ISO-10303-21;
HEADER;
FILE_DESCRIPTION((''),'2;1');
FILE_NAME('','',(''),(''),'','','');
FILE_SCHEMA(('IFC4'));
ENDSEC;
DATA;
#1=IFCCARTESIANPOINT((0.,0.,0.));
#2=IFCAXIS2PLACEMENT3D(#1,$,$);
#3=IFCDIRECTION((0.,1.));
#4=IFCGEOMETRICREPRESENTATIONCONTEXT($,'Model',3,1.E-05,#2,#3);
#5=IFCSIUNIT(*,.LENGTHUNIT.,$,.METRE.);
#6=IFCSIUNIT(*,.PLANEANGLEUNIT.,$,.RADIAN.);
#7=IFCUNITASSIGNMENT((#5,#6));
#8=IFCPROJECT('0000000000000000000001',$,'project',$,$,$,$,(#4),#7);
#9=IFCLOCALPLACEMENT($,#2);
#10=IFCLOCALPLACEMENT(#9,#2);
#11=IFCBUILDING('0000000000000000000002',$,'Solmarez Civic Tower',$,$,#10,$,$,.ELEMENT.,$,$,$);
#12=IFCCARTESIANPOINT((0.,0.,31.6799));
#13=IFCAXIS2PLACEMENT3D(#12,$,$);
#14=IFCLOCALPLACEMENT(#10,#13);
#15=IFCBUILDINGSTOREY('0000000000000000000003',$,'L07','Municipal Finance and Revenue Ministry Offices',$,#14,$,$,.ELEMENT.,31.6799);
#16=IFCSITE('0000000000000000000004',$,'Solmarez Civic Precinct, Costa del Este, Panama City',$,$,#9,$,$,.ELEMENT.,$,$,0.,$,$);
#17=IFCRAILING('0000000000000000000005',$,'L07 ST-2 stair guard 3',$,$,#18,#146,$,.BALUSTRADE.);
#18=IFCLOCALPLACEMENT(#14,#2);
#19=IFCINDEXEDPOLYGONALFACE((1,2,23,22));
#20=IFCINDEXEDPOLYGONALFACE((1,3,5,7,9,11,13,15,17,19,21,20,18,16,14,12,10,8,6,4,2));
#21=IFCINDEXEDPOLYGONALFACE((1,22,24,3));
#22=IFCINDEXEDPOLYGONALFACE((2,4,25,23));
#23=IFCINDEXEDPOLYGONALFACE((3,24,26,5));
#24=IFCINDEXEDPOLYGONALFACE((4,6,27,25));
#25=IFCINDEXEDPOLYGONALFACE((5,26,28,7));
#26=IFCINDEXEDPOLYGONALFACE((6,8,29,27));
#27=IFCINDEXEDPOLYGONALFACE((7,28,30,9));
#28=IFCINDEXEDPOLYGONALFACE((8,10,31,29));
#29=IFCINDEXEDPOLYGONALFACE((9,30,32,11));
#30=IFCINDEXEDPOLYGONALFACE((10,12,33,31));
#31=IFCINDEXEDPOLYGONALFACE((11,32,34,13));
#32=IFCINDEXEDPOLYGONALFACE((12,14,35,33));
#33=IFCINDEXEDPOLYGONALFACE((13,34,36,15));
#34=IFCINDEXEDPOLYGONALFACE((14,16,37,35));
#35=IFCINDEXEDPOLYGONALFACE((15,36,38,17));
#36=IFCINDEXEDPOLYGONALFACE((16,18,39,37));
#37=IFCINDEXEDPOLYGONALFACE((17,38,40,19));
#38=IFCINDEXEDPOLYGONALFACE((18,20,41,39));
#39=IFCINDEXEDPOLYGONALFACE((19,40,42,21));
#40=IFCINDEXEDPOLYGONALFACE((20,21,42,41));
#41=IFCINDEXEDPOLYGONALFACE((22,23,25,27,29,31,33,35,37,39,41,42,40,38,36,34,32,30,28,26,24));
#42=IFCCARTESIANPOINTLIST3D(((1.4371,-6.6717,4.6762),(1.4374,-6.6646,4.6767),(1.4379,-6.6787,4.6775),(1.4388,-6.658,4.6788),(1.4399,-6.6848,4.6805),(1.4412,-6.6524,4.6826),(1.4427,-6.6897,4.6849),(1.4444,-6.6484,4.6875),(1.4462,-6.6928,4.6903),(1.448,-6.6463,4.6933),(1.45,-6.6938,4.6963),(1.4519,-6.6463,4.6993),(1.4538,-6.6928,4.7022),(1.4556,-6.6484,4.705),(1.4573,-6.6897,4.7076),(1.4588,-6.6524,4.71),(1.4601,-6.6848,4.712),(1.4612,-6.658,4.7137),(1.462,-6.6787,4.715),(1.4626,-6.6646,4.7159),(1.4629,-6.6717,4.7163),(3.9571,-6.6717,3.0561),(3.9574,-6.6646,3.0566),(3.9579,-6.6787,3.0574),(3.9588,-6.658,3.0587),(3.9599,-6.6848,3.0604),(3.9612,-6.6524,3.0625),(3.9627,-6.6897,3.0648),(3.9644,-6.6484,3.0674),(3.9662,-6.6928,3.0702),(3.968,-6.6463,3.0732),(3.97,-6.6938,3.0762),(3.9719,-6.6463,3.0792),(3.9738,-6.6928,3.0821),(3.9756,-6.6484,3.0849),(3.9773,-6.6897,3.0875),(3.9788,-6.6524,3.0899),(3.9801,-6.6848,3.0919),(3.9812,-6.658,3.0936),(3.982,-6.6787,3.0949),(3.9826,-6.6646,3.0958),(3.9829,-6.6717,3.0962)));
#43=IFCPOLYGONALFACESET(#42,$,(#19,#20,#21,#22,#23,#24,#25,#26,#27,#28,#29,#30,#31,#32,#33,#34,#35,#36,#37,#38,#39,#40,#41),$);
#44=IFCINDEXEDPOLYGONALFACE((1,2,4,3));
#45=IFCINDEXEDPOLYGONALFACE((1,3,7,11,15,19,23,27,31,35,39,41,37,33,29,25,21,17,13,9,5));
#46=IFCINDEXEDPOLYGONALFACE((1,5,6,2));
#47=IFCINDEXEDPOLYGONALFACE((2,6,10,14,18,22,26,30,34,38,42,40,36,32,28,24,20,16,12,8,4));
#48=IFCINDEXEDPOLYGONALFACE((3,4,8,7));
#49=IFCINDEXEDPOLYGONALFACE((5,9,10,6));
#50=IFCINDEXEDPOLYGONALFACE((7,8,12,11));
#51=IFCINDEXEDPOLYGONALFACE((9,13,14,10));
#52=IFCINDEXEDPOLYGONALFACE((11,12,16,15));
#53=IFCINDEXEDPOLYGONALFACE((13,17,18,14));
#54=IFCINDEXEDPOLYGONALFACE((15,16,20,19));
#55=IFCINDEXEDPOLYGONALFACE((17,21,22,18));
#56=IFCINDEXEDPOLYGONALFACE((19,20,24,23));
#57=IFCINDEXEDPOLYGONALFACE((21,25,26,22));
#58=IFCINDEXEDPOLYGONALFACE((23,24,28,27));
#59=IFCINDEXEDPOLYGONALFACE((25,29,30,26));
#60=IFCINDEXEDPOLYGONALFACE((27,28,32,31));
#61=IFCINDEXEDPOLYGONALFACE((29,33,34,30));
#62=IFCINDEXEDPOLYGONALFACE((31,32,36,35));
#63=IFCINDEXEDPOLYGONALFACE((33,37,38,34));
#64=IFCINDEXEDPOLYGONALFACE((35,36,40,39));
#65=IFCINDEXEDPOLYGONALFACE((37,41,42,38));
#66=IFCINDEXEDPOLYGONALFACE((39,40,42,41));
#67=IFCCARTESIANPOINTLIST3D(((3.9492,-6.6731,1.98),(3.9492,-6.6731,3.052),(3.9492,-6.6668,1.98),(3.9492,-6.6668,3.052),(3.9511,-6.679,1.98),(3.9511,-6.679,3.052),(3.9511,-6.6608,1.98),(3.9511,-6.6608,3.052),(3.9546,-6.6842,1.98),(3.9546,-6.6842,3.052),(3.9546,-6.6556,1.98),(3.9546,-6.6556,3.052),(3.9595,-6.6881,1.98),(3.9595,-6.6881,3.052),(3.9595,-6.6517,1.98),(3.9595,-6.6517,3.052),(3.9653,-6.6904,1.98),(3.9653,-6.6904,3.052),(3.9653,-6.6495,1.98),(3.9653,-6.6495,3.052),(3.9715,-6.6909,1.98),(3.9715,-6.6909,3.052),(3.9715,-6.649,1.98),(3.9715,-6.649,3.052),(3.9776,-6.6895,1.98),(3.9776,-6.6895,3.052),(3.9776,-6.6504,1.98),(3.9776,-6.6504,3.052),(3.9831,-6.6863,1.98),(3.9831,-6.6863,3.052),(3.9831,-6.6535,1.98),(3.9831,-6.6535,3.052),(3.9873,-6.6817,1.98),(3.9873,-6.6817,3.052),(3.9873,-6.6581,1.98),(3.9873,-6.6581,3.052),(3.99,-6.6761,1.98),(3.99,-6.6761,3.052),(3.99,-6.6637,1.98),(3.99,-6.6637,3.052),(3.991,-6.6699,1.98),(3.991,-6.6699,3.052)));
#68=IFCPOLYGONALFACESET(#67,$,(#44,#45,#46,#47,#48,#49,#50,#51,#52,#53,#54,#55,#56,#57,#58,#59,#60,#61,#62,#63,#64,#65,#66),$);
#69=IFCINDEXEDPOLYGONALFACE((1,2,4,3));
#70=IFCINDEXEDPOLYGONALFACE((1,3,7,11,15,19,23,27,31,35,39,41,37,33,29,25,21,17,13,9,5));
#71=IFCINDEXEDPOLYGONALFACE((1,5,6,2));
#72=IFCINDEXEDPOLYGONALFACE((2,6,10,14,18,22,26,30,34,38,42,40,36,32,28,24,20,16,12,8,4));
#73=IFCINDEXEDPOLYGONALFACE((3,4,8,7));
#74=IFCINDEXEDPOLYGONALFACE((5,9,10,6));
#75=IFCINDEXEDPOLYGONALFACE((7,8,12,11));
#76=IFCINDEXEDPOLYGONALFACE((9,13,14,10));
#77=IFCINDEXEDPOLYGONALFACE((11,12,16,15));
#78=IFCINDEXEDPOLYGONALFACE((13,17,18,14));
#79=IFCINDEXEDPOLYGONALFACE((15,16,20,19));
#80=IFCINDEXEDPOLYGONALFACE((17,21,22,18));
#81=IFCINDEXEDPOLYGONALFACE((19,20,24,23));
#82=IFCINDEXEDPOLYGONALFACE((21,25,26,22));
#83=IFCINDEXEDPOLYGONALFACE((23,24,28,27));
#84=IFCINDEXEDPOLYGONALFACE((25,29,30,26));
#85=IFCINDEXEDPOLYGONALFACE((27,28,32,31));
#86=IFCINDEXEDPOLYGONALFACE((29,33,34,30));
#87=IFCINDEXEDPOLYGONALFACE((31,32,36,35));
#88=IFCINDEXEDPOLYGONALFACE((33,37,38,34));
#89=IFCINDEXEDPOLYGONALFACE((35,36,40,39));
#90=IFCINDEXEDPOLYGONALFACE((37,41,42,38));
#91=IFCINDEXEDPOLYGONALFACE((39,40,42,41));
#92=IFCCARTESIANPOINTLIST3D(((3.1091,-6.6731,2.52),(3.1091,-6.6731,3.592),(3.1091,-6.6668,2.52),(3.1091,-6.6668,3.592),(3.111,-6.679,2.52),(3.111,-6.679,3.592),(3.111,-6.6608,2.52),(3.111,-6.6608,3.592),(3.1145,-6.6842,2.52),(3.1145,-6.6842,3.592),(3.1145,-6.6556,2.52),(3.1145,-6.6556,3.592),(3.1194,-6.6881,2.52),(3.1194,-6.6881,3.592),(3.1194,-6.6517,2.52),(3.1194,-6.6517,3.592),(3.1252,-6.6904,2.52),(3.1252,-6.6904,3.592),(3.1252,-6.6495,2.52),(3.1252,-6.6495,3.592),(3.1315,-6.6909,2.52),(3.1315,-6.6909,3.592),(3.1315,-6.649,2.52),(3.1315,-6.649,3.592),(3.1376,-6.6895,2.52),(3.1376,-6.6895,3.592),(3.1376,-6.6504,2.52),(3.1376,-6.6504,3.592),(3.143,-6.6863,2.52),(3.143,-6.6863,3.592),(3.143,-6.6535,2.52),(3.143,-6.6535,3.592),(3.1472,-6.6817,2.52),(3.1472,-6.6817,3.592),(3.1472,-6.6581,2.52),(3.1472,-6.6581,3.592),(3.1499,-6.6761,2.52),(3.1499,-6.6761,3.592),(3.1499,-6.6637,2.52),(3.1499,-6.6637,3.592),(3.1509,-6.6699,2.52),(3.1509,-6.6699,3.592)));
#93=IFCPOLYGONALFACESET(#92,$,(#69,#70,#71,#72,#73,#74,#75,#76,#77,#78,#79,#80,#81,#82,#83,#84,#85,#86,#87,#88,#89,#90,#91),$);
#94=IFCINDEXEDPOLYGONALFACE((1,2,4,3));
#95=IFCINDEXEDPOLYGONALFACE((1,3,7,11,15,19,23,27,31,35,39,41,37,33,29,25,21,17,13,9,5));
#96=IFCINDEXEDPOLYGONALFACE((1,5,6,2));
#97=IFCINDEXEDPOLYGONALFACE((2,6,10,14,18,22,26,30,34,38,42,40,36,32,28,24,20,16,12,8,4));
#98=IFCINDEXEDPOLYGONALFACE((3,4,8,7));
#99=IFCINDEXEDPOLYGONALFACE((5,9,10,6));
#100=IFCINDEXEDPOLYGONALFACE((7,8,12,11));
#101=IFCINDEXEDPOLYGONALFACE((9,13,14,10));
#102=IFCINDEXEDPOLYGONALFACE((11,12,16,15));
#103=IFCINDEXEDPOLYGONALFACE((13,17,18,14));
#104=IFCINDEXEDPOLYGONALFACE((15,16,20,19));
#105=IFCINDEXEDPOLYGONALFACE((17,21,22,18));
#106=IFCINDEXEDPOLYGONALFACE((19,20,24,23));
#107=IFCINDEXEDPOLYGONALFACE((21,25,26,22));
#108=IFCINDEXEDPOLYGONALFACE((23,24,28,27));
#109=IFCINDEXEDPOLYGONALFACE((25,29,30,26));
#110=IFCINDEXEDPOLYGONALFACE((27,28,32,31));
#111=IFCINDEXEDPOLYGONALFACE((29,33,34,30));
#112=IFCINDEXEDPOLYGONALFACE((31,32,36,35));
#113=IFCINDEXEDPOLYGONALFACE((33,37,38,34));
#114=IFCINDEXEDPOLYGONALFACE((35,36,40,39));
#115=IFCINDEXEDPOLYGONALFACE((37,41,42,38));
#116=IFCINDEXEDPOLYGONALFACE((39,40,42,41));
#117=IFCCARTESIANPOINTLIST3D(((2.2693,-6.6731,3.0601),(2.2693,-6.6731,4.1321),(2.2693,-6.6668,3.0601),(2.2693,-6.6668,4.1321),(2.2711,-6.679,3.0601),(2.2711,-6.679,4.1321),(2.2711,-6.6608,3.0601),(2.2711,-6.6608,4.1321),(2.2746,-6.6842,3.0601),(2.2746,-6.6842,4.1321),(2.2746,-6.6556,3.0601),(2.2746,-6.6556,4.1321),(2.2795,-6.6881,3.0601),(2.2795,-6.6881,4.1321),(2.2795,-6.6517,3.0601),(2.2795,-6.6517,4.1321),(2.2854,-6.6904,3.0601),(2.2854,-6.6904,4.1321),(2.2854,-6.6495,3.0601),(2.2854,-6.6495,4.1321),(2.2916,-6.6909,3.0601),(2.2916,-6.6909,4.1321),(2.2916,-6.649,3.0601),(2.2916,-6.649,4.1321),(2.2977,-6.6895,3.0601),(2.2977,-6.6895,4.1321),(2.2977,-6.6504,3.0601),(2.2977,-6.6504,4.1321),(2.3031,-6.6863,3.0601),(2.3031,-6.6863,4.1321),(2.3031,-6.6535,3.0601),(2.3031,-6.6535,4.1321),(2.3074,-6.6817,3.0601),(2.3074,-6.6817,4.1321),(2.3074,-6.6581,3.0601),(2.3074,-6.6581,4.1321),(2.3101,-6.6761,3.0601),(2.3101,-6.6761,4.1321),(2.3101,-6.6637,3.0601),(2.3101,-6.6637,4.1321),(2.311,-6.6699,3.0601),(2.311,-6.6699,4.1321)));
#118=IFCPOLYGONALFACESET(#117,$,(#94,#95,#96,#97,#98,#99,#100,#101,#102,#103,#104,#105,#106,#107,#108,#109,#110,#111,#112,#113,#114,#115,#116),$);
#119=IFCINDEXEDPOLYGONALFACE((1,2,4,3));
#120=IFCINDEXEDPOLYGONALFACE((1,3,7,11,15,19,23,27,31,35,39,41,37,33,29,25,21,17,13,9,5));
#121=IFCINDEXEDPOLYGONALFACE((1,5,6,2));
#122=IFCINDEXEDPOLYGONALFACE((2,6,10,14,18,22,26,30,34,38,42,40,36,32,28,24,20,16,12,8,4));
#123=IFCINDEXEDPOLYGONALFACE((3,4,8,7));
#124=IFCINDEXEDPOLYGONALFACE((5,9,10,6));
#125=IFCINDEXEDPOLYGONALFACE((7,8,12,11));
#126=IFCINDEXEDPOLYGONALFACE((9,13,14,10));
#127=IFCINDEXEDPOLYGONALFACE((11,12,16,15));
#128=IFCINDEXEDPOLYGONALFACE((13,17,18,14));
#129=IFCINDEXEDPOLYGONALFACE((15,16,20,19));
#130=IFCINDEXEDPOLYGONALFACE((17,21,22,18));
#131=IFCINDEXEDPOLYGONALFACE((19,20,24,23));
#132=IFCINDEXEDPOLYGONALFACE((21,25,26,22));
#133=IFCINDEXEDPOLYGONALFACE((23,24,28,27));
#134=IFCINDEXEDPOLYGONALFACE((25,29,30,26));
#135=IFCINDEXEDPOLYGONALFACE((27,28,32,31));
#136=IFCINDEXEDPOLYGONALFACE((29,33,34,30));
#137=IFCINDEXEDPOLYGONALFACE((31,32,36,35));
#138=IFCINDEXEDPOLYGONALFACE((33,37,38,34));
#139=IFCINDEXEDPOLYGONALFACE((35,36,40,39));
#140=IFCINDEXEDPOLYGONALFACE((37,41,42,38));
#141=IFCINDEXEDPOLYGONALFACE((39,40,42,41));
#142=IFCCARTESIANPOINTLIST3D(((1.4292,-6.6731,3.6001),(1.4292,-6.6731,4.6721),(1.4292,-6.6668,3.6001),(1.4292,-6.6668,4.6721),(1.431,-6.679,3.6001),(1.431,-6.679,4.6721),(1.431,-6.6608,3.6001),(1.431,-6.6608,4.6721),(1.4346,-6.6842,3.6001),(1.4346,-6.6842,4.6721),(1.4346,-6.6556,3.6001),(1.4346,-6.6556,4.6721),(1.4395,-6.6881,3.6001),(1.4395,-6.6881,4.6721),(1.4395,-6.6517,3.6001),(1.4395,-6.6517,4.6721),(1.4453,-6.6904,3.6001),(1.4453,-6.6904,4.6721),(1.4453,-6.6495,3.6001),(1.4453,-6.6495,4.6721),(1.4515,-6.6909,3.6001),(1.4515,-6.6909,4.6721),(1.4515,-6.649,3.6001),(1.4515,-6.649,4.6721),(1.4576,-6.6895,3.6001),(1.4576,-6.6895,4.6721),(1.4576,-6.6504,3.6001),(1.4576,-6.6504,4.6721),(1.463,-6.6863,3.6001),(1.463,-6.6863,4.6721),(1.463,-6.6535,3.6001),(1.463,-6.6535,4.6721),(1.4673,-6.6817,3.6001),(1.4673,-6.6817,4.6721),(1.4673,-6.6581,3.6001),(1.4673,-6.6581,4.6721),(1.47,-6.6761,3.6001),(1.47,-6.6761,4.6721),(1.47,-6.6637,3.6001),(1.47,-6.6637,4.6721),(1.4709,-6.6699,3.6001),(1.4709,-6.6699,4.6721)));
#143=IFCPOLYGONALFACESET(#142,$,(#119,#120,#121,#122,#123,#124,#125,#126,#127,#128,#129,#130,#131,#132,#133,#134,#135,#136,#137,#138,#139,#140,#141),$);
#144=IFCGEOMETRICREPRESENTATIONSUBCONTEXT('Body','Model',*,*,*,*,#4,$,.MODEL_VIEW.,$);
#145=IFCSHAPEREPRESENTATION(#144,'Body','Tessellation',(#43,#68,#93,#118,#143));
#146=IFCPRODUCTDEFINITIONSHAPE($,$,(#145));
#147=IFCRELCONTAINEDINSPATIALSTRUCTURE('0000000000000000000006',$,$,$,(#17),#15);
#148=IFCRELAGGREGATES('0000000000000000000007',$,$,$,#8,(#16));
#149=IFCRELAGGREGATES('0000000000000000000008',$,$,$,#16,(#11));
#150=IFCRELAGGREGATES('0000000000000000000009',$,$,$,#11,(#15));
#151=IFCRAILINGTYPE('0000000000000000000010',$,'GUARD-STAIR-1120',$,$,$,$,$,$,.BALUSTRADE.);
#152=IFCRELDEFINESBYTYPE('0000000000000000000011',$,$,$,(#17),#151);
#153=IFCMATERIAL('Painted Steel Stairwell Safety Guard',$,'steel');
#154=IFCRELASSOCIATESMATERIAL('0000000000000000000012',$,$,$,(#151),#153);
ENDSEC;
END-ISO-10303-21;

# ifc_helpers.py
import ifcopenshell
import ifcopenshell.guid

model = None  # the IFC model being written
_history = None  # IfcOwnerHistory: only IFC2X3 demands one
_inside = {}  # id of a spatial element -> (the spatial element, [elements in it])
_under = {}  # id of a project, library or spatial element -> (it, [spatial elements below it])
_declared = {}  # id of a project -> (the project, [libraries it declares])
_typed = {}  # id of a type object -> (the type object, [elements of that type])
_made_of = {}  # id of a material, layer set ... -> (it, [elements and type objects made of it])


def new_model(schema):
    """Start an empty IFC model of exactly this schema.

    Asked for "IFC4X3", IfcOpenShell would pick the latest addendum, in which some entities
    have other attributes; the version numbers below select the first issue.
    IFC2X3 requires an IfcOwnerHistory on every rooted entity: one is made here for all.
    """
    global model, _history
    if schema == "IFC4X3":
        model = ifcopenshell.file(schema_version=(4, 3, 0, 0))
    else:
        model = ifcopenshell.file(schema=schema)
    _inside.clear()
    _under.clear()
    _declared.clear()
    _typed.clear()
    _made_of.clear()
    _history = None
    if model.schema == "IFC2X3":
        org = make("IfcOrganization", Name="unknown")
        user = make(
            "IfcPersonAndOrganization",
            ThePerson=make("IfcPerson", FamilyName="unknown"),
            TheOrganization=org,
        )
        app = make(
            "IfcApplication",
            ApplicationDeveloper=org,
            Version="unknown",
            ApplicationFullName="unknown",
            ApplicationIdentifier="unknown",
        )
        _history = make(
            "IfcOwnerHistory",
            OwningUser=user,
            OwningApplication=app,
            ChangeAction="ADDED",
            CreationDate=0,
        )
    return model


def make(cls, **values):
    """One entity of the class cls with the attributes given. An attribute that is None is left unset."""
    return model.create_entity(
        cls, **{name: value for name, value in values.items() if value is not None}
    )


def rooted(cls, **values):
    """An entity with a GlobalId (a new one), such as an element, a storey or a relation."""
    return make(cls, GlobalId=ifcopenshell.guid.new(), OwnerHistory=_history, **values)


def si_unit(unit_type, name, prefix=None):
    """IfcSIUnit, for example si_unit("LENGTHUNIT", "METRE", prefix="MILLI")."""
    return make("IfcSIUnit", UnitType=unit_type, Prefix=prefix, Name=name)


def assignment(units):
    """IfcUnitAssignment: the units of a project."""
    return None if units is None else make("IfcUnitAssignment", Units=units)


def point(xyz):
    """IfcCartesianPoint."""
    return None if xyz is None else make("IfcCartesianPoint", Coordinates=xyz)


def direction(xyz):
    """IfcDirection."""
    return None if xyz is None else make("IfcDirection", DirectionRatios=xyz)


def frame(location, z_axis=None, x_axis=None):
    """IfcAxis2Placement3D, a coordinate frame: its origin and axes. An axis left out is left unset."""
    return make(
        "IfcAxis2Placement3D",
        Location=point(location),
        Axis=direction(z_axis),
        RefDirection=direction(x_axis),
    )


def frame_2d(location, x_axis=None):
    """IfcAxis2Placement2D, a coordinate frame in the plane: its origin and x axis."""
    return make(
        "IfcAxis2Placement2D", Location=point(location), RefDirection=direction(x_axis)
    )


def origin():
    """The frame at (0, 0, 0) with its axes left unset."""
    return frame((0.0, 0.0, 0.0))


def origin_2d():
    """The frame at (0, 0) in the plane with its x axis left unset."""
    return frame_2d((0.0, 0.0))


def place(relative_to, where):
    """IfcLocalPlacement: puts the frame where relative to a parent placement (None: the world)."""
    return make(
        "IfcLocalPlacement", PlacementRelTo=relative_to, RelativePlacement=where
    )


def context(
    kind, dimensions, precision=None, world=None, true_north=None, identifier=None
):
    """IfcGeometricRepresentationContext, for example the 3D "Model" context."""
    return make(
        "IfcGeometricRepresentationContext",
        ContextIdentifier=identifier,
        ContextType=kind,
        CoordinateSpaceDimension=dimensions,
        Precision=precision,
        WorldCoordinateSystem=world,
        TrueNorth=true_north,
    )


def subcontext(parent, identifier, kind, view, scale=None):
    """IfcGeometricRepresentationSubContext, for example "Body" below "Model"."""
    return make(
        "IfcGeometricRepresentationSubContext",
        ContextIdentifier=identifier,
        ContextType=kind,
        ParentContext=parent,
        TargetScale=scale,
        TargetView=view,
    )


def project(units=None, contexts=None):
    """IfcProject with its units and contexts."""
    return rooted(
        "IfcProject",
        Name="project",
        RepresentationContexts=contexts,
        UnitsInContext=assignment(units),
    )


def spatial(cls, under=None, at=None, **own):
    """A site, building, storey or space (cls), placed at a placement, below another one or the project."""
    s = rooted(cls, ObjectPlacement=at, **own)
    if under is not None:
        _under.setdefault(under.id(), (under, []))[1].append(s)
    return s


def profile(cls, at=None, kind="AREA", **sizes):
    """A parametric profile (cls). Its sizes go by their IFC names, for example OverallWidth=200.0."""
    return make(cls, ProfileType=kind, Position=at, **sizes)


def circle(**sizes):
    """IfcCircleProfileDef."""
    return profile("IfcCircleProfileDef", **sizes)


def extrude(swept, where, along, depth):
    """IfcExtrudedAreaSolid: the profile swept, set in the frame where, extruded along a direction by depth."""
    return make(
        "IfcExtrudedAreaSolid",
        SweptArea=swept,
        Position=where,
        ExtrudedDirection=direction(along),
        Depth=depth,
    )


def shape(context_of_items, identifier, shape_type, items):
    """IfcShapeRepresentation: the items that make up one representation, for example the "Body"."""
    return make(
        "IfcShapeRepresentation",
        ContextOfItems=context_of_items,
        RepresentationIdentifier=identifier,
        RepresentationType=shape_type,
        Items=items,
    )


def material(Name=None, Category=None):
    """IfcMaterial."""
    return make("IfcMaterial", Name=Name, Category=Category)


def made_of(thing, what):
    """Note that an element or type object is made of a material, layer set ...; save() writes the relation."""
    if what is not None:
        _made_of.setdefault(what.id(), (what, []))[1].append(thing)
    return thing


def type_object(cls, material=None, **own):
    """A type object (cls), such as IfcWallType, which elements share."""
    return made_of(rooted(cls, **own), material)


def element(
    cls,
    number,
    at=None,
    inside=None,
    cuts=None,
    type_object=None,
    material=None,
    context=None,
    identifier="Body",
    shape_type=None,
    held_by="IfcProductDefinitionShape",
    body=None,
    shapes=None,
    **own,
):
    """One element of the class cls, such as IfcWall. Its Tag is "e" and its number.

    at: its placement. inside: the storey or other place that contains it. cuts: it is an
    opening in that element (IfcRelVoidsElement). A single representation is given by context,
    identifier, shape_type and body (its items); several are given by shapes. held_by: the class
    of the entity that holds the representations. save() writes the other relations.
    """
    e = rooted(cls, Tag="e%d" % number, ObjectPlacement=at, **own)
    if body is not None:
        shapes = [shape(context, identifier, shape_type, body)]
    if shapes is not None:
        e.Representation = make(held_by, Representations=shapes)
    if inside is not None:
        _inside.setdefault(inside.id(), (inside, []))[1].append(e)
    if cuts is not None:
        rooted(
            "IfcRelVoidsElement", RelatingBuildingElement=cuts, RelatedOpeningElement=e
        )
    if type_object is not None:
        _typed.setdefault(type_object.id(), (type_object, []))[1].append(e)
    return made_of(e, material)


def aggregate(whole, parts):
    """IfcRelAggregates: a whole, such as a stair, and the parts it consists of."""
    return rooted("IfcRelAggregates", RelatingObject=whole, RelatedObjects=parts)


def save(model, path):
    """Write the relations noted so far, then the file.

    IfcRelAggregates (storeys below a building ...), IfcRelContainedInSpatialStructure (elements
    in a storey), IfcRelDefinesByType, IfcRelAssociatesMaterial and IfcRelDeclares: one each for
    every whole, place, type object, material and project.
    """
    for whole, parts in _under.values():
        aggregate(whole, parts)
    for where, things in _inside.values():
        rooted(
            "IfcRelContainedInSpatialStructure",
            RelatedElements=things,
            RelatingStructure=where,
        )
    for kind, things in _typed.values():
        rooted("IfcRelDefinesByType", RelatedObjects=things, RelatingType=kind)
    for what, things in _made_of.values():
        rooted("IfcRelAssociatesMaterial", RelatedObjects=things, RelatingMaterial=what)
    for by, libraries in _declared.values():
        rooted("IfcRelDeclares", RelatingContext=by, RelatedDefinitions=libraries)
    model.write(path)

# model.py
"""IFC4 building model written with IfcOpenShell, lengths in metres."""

from ifc_helpers import new_model, si_unit, direction, frame, origin, origin_2d, place, context, subcontext, project, spatial, circle, extrude, material, type_object, element, save


model = new_model("IFC4")

# Units and contexts
model_context = context("Model", 3, precision=1e-05, world=origin(), true_north=direction((0.0, 1.0)))
body_context = subcontext(model_context, "Body", "Model", "MODEL_VIEW")
ifc_project = project(units=[si_unit("LENGTHUNIT", "METRE"), si_unit("PLANEANGLEUNIT", "RADIAN")], contexts=[model_context])

# Site, building, storey
site_placement = place(None, origin())
site = spatial("IfcSite", under=ifc_project, at=site_placement, Name="Solmarez Civic Precinct, Costa del Este, Panama City", CompositionType="ELEMENT", RefElevation=0.0)
building_placement = place(site_placement, origin())
building = spatial("IfcBuilding", under=site, at=building_placement, Name="Solmarez Civic Tower", CompositionType="ELEMENT")
storey_placement = place(building_placement, frame((0.0, 0.0, 31.6799)))
storey = spatial("IfcBuildingStorey", under=building, at=storey_placement, Name="L07", Description="Municipal Finance and Revenue Ministry Offices", CompositionType="ELEMENT", Elevation=31.6799)

# Railing
ifc_material_1 = material(Name="Painted Steel Stairwell Safety Guard", Category="steel")
railing_type_1 = type_object("IfcRailingType", Name="GUARD-STAIR-1120", PredefinedType="BALUSTRADE", material=ifc_material_1)
railing_1_placement = place(storey_placement, frame((3.97, -6.6699, 1.98)))
element("IfcRailing", 1, at=railing_1_placement, inside=storey, type_object=railing_type_1, Name="L07 ST-2 stair guard 3", PredefinedType="BALUSTRADE", context=body_context, shape_type="SweptSolid", body=[
    extrude(circle(Radius=0.0239, at=origin_2d()), frame((0.0, 0.0, 1.0962), z_axis=(-0.841163, 0.0, 0.540782), x_axis=(0.0, -1.0, 0.0)), (0.0, 0.0, 1.0), 2.9958),
    extrude(circle(Radius=0.021, at=origin_2d()), origin(), (0.0, 0.0, 1.0), 1.072),
    extrude(circle(Radius=0.021, at=origin_2d()), frame((-0.8401, 0.0, 0.54)), (0.0, 0.0, 1.0), 1.072),
    extrude(circle(Radius=0.021, at=origin_2d()), frame((-1.6799, 0.0, 1.0801)), (0.0, 0.0, 1.0), 1.072),
    extrude(circle(Radius=0.021, at=origin_2d()), frame((-2.52, 0.0, 1.6201)), (0.0, 0.0, 1.0), 1.072),
])

save(model, "model.ifc")
